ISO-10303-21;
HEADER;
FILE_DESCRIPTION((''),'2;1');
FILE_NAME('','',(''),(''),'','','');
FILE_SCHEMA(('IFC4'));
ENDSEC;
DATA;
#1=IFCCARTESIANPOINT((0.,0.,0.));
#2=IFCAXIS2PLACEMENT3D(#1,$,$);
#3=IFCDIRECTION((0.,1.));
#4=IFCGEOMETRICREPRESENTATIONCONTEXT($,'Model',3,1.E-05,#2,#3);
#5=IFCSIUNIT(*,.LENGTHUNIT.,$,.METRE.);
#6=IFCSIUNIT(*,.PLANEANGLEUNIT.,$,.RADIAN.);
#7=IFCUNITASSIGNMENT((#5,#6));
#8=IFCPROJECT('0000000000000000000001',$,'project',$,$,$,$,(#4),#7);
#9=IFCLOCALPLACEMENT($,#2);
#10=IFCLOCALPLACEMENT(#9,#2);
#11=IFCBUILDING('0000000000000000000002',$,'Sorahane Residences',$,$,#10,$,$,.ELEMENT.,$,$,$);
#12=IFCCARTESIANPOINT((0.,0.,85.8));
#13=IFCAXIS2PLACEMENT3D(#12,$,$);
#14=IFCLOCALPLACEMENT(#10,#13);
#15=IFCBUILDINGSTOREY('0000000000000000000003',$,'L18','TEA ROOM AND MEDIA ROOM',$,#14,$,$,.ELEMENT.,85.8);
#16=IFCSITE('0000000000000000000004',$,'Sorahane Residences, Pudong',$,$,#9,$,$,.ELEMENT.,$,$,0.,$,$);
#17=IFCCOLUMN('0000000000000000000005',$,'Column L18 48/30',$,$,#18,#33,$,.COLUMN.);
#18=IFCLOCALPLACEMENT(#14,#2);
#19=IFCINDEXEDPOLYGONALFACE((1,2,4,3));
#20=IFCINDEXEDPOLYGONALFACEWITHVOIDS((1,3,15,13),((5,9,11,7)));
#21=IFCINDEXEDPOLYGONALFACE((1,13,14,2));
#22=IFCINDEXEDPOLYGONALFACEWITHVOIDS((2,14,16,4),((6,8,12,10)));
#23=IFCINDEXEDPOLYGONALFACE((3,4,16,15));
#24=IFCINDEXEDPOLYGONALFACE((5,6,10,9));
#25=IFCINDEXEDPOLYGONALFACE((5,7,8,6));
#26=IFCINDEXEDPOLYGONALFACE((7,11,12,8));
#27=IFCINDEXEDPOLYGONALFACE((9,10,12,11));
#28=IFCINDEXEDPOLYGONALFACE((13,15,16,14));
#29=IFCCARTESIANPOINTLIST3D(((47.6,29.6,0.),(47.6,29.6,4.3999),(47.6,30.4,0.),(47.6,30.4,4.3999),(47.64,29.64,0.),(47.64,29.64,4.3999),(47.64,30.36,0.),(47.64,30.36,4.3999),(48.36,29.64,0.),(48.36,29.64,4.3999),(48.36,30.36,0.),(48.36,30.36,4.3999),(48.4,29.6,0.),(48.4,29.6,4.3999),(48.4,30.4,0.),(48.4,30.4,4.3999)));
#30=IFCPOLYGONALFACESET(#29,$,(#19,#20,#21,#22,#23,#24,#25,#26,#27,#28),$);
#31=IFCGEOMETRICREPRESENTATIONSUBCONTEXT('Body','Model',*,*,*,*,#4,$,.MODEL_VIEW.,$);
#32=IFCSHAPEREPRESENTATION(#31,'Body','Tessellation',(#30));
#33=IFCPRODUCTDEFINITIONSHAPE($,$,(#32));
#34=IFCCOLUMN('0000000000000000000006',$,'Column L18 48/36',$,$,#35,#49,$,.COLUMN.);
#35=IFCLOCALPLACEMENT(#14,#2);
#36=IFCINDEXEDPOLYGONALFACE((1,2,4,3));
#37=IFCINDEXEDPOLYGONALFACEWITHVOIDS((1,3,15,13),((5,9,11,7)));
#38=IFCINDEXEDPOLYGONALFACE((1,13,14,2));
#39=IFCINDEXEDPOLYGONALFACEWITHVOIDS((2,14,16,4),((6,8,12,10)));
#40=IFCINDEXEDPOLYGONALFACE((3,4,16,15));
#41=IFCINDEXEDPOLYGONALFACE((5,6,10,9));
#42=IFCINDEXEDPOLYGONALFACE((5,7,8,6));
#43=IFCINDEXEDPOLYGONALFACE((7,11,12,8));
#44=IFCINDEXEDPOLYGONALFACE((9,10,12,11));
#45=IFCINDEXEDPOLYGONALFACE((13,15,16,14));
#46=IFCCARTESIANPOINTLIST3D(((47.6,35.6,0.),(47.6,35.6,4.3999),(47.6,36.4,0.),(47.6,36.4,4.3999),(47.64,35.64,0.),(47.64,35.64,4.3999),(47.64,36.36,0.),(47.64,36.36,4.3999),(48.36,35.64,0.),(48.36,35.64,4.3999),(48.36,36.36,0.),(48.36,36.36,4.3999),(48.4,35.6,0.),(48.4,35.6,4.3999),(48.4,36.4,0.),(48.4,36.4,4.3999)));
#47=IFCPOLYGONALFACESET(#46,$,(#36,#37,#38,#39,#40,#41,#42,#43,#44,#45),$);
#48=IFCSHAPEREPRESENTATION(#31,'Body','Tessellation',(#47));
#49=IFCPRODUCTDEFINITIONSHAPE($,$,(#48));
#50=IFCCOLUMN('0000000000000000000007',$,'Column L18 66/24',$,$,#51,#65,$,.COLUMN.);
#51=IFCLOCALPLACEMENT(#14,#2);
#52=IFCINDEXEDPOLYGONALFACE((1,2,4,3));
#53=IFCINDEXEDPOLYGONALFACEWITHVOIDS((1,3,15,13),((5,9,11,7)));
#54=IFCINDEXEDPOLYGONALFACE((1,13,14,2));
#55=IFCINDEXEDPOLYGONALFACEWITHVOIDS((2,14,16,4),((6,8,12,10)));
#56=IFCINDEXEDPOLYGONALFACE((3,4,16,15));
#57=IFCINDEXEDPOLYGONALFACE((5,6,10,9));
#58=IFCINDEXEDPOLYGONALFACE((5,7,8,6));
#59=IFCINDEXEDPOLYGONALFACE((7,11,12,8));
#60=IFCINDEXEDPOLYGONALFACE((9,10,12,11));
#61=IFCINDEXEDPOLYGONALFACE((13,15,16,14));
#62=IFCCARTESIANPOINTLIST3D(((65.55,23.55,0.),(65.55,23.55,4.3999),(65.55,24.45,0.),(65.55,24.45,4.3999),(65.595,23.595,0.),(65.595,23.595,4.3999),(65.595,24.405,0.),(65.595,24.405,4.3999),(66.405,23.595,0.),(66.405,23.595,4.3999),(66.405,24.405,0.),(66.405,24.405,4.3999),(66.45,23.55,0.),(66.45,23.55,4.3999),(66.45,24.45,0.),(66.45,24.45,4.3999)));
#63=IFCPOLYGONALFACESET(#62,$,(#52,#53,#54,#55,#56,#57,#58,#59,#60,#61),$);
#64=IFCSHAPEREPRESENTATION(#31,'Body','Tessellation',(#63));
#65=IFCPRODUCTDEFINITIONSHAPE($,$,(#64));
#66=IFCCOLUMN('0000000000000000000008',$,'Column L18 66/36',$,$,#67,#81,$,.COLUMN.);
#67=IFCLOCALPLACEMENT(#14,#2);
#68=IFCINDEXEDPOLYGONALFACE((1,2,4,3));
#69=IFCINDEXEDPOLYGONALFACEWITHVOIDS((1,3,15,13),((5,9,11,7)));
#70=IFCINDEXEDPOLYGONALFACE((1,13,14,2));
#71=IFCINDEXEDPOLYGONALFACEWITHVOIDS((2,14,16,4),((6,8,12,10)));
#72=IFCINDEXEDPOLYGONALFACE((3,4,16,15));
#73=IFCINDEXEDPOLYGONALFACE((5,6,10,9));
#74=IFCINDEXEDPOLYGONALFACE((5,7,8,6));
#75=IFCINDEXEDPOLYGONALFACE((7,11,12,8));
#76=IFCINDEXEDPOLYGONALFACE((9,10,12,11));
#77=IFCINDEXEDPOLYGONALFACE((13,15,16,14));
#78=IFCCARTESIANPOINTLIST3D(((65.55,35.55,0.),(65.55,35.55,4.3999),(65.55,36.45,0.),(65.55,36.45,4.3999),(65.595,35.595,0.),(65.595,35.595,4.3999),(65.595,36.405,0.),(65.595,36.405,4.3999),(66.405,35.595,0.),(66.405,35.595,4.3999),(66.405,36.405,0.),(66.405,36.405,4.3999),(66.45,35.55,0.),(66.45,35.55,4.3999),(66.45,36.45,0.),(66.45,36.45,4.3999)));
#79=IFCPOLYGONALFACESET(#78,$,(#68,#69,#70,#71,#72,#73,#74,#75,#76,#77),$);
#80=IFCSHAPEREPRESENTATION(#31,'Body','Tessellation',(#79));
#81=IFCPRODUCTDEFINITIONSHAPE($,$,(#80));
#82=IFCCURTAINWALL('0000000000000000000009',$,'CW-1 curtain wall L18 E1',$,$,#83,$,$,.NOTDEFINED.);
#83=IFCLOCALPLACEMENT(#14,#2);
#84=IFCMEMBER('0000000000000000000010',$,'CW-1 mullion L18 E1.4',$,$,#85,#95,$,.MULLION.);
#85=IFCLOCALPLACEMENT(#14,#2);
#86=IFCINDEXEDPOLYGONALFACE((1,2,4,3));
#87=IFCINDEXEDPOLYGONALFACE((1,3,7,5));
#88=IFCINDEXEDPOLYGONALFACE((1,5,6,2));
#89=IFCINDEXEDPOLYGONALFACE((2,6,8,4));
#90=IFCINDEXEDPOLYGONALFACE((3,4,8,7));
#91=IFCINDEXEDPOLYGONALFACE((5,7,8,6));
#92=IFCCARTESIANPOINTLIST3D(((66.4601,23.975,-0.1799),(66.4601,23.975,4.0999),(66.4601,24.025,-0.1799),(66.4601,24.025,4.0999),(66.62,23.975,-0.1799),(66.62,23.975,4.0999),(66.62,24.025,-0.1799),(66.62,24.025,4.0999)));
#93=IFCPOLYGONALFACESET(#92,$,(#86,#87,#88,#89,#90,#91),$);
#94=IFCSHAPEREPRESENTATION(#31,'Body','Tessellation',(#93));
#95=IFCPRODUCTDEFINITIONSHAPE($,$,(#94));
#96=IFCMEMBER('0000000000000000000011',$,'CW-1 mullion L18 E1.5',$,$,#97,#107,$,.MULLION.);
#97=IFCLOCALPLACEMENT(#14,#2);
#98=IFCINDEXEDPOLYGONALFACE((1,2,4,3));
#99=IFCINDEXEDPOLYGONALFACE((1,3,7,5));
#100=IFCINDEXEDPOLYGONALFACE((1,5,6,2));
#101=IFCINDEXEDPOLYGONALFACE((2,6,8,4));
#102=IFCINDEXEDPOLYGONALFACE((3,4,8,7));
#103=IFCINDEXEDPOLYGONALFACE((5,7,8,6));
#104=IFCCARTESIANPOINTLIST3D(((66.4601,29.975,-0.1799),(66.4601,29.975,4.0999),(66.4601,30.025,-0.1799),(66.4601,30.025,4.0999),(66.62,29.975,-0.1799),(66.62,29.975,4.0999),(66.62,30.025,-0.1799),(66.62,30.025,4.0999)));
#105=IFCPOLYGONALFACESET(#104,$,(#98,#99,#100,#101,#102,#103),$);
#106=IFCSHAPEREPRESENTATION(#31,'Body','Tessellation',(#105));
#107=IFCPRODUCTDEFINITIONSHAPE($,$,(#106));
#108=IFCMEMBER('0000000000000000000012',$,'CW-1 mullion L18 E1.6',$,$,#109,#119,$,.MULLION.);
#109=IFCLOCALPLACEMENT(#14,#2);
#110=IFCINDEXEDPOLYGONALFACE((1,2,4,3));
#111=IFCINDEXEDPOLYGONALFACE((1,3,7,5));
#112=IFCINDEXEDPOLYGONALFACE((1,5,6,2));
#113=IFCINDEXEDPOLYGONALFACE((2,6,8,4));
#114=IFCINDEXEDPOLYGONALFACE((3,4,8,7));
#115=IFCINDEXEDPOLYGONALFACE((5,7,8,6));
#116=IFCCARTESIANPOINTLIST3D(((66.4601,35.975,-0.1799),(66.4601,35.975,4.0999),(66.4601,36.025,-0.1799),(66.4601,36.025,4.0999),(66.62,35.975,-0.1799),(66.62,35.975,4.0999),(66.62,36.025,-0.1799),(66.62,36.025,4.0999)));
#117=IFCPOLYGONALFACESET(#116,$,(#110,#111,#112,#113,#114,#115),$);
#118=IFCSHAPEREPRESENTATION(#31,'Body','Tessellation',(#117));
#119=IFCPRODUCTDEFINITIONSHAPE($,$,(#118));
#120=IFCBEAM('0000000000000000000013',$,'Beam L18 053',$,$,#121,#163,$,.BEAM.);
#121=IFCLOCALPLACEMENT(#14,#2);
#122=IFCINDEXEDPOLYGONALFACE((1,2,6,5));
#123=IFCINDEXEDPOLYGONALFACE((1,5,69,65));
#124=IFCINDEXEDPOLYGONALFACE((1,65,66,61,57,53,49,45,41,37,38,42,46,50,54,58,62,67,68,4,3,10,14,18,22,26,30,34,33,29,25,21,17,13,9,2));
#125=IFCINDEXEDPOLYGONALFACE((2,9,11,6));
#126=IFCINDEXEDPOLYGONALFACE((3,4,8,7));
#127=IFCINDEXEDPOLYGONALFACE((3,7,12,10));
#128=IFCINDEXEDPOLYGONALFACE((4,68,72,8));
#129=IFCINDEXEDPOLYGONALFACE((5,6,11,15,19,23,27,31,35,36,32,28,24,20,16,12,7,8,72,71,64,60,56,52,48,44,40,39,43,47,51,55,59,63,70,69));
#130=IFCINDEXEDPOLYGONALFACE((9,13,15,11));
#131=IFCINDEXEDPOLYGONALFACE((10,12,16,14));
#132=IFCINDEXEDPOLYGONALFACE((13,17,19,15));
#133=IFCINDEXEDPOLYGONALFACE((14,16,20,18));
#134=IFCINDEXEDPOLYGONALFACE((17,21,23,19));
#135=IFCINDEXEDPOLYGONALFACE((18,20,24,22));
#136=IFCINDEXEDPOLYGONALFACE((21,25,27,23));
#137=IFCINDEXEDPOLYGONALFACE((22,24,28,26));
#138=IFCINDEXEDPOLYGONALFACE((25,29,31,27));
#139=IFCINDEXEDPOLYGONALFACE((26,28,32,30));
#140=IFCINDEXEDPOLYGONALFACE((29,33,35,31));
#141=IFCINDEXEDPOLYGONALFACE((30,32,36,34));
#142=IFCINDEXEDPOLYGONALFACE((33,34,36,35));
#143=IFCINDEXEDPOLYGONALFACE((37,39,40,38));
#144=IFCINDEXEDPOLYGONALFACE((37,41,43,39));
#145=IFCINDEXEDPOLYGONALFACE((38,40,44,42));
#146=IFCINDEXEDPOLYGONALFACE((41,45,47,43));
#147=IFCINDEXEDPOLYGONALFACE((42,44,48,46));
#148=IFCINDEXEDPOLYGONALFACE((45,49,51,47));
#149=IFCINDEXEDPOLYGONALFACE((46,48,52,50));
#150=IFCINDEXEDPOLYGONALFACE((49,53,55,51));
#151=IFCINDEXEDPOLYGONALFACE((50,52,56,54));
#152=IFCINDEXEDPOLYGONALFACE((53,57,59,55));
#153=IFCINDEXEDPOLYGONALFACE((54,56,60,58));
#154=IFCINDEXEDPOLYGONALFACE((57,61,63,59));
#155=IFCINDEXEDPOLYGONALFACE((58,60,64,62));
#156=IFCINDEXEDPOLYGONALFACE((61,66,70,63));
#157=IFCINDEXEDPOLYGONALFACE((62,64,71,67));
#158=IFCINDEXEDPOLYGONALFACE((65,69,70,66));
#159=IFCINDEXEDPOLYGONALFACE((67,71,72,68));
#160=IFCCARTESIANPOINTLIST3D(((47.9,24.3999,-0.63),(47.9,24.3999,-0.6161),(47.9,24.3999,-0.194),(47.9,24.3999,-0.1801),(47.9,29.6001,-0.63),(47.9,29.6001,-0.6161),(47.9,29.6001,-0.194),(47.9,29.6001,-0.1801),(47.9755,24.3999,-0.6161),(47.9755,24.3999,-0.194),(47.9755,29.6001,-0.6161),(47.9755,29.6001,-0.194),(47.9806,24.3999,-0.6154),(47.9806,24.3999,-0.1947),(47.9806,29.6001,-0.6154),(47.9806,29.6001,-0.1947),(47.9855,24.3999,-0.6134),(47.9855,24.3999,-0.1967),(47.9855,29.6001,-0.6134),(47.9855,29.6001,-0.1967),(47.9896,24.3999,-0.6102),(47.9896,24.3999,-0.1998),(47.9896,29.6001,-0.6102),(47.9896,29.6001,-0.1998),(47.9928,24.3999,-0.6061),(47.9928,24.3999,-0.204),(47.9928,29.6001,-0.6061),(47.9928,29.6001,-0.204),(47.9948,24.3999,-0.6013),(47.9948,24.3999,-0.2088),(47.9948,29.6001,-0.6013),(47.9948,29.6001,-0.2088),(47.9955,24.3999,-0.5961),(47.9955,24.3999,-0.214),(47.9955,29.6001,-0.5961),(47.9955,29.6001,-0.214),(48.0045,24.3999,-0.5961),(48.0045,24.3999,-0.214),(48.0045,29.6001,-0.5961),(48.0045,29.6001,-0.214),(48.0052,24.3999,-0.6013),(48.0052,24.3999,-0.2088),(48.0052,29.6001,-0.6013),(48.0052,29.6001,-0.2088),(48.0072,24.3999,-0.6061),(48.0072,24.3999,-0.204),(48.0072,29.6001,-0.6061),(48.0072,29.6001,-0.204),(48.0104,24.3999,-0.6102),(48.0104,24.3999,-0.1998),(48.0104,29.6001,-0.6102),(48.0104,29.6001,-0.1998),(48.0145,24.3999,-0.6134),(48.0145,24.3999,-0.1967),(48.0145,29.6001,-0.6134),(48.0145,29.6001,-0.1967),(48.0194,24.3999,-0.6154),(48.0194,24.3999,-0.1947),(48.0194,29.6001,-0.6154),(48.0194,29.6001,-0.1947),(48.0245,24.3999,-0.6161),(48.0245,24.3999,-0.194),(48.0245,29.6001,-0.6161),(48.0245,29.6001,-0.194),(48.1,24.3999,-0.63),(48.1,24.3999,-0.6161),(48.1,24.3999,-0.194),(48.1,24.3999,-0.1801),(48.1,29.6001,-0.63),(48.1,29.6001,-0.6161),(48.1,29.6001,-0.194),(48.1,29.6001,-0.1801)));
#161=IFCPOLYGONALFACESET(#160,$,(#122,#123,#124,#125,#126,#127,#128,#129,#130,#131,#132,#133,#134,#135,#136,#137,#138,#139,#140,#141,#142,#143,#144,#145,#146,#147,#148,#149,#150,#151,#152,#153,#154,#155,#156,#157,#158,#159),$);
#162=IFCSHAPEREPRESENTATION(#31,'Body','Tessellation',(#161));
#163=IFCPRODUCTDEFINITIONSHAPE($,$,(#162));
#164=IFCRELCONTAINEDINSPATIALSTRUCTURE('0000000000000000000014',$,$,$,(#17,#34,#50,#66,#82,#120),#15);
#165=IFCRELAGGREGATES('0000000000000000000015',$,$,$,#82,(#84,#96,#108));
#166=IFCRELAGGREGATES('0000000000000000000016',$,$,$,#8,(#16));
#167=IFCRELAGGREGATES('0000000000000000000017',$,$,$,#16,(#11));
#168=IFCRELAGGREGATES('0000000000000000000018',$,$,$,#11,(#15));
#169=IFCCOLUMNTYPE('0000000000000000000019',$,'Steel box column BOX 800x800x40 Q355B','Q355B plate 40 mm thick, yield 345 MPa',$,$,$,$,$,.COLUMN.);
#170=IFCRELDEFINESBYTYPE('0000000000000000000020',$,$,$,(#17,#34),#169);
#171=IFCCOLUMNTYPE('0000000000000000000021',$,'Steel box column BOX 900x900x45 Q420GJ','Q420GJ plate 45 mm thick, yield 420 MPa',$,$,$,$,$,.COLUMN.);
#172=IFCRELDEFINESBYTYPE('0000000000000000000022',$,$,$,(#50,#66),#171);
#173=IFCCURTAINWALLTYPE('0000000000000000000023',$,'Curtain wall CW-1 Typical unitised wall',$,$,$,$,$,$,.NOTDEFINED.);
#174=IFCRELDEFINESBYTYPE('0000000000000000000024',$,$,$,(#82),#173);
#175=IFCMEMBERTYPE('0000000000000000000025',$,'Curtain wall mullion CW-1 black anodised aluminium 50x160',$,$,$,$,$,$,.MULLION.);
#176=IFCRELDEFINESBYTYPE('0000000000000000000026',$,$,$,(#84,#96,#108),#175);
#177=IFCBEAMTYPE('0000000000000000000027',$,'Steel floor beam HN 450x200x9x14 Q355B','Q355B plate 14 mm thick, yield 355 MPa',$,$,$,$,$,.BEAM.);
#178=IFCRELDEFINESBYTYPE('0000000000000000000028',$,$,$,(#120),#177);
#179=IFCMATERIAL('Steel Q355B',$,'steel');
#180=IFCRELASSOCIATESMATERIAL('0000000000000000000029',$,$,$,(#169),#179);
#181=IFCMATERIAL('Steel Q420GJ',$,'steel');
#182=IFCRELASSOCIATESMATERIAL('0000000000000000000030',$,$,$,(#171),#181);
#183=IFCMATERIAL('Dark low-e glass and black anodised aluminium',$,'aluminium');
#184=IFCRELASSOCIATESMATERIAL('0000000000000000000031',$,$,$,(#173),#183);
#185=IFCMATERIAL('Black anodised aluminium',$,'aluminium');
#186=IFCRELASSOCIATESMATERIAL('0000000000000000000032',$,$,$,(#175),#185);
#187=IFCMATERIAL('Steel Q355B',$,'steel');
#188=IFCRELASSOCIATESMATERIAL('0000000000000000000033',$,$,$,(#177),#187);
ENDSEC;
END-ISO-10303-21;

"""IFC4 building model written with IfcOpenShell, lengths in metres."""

from ifc_helpers import new_model, si_unit, direction, frame, origin, origin_2d, place, context, subcontext, project, spatial, rectangle, hollow_rectangle, i_section, extrude, material, material_profile, profile_set, type_object, element, aggregate, save


model = new_model("IFC4")

# Units and contexts
model_context = context("Model", 3, precision=1e-05, world=origin(), true_north=direction((0.0, 1.0)))
body_context = subcontext(model_context, "Body", "Model", "MODEL_VIEW")
ifc_project = project(units=[si_unit("LENGTHUNIT", "METRE"), si_unit("PLANEANGLEUNIT", "RADIAN")], contexts=[model_context])

# Site, building, storey
site_placement = place(None, origin())
site = spatial("IfcSite", under=ifc_project, at=site_placement, Name="Sorahane Residences, Pudong", CompositionType="ELEMENT", RefElevation=0.0)
building_placement = place(site_placement, origin())
building = spatial("IfcBuilding", under=site, at=building_placement, Name="Sorahane Residences", CompositionType="ELEMENT")
storey_placement = place(building_placement, frame((0.0, 0.0, 85.8)))
storey = spatial("IfcBuildingStorey", under=building, at=storey_placement, Name="L18", Description="TEA ROOM AND MEDIA ROOM", CompositionType="ELEMENT", Elevation=85.8)

# Columns
ifc_material_1 = material(Name="Steel Q355B", Category="steel")
ifc_material_profile_1 = material_profile(ifc_material_1, hollow_rectangle(XDim=0.8, YDim=0.8, WallThickness=0.04, at=origin_2d()), Name="BOX 800x800x40")
ifc_profile_set_1 = profile_set([ifc_material_profile_1], Name="Steel Q355B")
column_type_1 = type_object("IfcColumnType", Name="Steel box column BOX 800x800x40 Q355B", Description="Q355B plate 40 mm thick, yield 345 MPa", PredefinedType="COLUMN", material=ifc_profile_set_1)
for number, where, z_axis, x_axis, name in (
    (1, (48.0, 30.0, 0.0), (0.0, 0.0, 1.0), (1.0, 0.0, 0.0), "Column L18 48/30"),
    (2, (48.0, 36.0, 0.0), (0.0, 0.0, 1.0), (1.0, 0.0, 0.0), "Column L18 48/36"),
):
    element("IfcColumn", number, at=place(storey_placement, frame(where, z_axis=z_axis, x_axis=x_axis)), inside=storey, type_object=column_type_1, Name=name, PredefinedType="COLUMN", context=body_context, shape_type="SweptSolid", body=[
        extrude(hollow_rectangle(XDim=0.8, YDim=0.8, WallThickness=0.04, at=origin_2d()), origin(), (0.0, 0.0, 1.0), 4.3999),
    ])
ifc_material_2 = material(Name="Steel Q420GJ", Category="steel")
ifc_material_profile_2 = material_profile(ifc_material_2, hollow_rectangle(XDim=0.8999, YDim=0.8999, WallThickness=0.0449, at=origin_2d()), Name="BOX 900x900x45")
ifc_profile_set_2 = profile_set([ifc_material_profile_2], Name="Steel Q420GJ")
column_type_2 = type_object("IfcColumnType", Name="Steel box column BOX 900x900x45 Q420GJ", Description="Q420GJ plate 45 mm thick, yield 420 MPa", PredefinedType="COLUMN", material=ifc_profile_set_2)
for number, where, z_axis, x_axis, name in (
    (3, (66.0, 24.0, 0.0), (0.0, 0.0, 1.0), (1.0, 0.0, 0.0), "Column L18 66/24"),
    (4, (66.0, 36.0, 0.0), (0.0, 0.0, 1.0), (1.0, 0.0, 0.0), "Column L18 66/36"),
):
    element("IfcColumn", number, at=place(storey_placement, frame(where, z_axis=z_axis, x_axis=x_axis)), inside=storey, type_object=column_type_2, Name=name, PredefinedType="COLUMN", context=body_context, shape_type="SweptSolid", body=[
        extrude(hollow_rectangle(XDim=0.8999, YDim=0.8999, WallThickness=0.0449, at=origin_2d()), origin(), (0.0, 0.0, 1.0), 4.3999),
    ])

# Curtain wall, members
ifc_material_3 = material(Name="Dark low-e glass and black anodised aluminium", Category="aluminium")
curtain_wall_type = type_object("IfcCurtainWallType", Name="Curtain wall CW-1 Typical unitised wall", PredefinedType="NOTDEFINED", material=ifc_material_3)
curtain_wall_placement = place(storey_placement, origin())
curtain_wall = element("IfcCurtainWall", 5, at=curtain_wall_placement, inside=storey, type_object=curtain_wall_type, Name="CW-1 curtain wall L18 E1", PredefinedType="NOTDEFINED")
ifc_material_4 = material(Name="Black anodised aluminium", Category="aluminium")
ifc_material_profile_3 = material_profile(ifc_material_4, rectangle(XDim=0.1599, YDim=0.05, at=origin_2d()), Name="Curtain wall mullion CW-1 black anodised aluminium 50x160")
ifc_profile_set_3 = profile_set([ifc_material_profile_3], Name="Black anodised aluminium")
member_type = type_object("IfcMemberType", Name="Curtain wall mullion CW-1 black anodised aluminium 50x160", PredefinedType="MULLION", material=ifc_profile_set_3)
member_1_placement = place(storey_placement, frame((66.54, 24.0, -0.1799), z_axis=(0.0, 0.0, 1.0), x_axis=(1.0, 0.0, 0.0)))
member_1 = element("IfcMember", 6, at=member_1_placement, type_object=member_type, Name="CW-1 mullion L18 E1.4", PredefinedType="MULLION", context=body_context, shape_type="SweptSolid", body=[
    extrude(rectangle(XDim=0.1599, YDim=0.05, at=origin_2d()), origin(), (0.0, 0.0, 1.0), 4.2798),
])
member_2_placement = place(storey_placement, frame((66.54, 30.0, -0.1799), z_axis=(0.0, 0.0, 1.0), x_axis=(1.0, 0.0, 0.0)))
member_2 = element("IfcMember", 7, at=member_2_placement, type_object=member_type, Name="CW-1 mullion L18 E1.5", PredefinedType="MULLION", context=body_context, shape_type="SweptSolid", body=[
    extrude(rectangle(XDim=0.1599, YDim=0.05, at=origin_2d()), origin(), (0.0, 0.0, 1.0), 4.2798),
])
member_3_placement = place(storey_placement, frame((66.54, 36.0, -0.1799), z_axis=(0.0, 0.0, 1.0), x_axis=(1.0, 0.0, 0.0)))
member_3 = element("IfcMember", 8, at=member_3_placement, type_object=member_type, Name="CW-1 mullion L18 E1.6", PredefinedType="MULLION", context=body_context, shape_type="SweptSolid", body=[
    extrude(rectangle(XDim=0.1599, YDim=0.05, at=origin_2d()), origin(), (0.0, 0.0, 1.0), 4.2798),
])

# Beam
ifc_material_5 = material(Name="Steel Q355B", Category="steel")
ifc_material_profile_4 = material_profile(ifc_material_5, i_section(OverallWidth=0.2, OverallDepth=0.45, WebThickness=0.009, FlangeThickness=0.0139, FilletRadius=0.02, at=origin_2d()), Name="HN 450x200x9x14")
ifc_profile_set_4 = profile_set([ifc_material_profile_4], Name="Steel Q355B")
beam_type_1 = type_object("IfcBeamType", Name="Steel floor beam HN 450x200x9x14 Q355B", Description="Q355B plate 14 mm thick, yield 355 MPa", PredefinedType="BEAM", material=ifc_profile_set_4)
for number, where, z_axis, x_axis, name in (
    (9, (48.0, 24.3999, -0.405), (0.0, 1.0, 0.0), (-1.0, 0.0, 0.0), "Beam L18 053"),
):
    element("IfcBeam", number, at=place(storey_placement, frame(where, z_axis=z_axis, x_axis=x_axis)), inside=storey, type_object=beam_type_1, Name=name, PredefinedType="BEAM", context=body_context, shape_type="SweptSolid", body=[
        extrude(i_section(OverallWidth=0.2, OverallDepth=0.45, WebThickness=0.009, FlangeThickness=0.0139, FilletRadius=0.02, at=origin_2d()), origin(), (0.0, 0.0, 1.0), 5.2002),
    ])

aggregate(curtain_wall, [member_1, member_2, member_3])

save(model, "model.ifc")
